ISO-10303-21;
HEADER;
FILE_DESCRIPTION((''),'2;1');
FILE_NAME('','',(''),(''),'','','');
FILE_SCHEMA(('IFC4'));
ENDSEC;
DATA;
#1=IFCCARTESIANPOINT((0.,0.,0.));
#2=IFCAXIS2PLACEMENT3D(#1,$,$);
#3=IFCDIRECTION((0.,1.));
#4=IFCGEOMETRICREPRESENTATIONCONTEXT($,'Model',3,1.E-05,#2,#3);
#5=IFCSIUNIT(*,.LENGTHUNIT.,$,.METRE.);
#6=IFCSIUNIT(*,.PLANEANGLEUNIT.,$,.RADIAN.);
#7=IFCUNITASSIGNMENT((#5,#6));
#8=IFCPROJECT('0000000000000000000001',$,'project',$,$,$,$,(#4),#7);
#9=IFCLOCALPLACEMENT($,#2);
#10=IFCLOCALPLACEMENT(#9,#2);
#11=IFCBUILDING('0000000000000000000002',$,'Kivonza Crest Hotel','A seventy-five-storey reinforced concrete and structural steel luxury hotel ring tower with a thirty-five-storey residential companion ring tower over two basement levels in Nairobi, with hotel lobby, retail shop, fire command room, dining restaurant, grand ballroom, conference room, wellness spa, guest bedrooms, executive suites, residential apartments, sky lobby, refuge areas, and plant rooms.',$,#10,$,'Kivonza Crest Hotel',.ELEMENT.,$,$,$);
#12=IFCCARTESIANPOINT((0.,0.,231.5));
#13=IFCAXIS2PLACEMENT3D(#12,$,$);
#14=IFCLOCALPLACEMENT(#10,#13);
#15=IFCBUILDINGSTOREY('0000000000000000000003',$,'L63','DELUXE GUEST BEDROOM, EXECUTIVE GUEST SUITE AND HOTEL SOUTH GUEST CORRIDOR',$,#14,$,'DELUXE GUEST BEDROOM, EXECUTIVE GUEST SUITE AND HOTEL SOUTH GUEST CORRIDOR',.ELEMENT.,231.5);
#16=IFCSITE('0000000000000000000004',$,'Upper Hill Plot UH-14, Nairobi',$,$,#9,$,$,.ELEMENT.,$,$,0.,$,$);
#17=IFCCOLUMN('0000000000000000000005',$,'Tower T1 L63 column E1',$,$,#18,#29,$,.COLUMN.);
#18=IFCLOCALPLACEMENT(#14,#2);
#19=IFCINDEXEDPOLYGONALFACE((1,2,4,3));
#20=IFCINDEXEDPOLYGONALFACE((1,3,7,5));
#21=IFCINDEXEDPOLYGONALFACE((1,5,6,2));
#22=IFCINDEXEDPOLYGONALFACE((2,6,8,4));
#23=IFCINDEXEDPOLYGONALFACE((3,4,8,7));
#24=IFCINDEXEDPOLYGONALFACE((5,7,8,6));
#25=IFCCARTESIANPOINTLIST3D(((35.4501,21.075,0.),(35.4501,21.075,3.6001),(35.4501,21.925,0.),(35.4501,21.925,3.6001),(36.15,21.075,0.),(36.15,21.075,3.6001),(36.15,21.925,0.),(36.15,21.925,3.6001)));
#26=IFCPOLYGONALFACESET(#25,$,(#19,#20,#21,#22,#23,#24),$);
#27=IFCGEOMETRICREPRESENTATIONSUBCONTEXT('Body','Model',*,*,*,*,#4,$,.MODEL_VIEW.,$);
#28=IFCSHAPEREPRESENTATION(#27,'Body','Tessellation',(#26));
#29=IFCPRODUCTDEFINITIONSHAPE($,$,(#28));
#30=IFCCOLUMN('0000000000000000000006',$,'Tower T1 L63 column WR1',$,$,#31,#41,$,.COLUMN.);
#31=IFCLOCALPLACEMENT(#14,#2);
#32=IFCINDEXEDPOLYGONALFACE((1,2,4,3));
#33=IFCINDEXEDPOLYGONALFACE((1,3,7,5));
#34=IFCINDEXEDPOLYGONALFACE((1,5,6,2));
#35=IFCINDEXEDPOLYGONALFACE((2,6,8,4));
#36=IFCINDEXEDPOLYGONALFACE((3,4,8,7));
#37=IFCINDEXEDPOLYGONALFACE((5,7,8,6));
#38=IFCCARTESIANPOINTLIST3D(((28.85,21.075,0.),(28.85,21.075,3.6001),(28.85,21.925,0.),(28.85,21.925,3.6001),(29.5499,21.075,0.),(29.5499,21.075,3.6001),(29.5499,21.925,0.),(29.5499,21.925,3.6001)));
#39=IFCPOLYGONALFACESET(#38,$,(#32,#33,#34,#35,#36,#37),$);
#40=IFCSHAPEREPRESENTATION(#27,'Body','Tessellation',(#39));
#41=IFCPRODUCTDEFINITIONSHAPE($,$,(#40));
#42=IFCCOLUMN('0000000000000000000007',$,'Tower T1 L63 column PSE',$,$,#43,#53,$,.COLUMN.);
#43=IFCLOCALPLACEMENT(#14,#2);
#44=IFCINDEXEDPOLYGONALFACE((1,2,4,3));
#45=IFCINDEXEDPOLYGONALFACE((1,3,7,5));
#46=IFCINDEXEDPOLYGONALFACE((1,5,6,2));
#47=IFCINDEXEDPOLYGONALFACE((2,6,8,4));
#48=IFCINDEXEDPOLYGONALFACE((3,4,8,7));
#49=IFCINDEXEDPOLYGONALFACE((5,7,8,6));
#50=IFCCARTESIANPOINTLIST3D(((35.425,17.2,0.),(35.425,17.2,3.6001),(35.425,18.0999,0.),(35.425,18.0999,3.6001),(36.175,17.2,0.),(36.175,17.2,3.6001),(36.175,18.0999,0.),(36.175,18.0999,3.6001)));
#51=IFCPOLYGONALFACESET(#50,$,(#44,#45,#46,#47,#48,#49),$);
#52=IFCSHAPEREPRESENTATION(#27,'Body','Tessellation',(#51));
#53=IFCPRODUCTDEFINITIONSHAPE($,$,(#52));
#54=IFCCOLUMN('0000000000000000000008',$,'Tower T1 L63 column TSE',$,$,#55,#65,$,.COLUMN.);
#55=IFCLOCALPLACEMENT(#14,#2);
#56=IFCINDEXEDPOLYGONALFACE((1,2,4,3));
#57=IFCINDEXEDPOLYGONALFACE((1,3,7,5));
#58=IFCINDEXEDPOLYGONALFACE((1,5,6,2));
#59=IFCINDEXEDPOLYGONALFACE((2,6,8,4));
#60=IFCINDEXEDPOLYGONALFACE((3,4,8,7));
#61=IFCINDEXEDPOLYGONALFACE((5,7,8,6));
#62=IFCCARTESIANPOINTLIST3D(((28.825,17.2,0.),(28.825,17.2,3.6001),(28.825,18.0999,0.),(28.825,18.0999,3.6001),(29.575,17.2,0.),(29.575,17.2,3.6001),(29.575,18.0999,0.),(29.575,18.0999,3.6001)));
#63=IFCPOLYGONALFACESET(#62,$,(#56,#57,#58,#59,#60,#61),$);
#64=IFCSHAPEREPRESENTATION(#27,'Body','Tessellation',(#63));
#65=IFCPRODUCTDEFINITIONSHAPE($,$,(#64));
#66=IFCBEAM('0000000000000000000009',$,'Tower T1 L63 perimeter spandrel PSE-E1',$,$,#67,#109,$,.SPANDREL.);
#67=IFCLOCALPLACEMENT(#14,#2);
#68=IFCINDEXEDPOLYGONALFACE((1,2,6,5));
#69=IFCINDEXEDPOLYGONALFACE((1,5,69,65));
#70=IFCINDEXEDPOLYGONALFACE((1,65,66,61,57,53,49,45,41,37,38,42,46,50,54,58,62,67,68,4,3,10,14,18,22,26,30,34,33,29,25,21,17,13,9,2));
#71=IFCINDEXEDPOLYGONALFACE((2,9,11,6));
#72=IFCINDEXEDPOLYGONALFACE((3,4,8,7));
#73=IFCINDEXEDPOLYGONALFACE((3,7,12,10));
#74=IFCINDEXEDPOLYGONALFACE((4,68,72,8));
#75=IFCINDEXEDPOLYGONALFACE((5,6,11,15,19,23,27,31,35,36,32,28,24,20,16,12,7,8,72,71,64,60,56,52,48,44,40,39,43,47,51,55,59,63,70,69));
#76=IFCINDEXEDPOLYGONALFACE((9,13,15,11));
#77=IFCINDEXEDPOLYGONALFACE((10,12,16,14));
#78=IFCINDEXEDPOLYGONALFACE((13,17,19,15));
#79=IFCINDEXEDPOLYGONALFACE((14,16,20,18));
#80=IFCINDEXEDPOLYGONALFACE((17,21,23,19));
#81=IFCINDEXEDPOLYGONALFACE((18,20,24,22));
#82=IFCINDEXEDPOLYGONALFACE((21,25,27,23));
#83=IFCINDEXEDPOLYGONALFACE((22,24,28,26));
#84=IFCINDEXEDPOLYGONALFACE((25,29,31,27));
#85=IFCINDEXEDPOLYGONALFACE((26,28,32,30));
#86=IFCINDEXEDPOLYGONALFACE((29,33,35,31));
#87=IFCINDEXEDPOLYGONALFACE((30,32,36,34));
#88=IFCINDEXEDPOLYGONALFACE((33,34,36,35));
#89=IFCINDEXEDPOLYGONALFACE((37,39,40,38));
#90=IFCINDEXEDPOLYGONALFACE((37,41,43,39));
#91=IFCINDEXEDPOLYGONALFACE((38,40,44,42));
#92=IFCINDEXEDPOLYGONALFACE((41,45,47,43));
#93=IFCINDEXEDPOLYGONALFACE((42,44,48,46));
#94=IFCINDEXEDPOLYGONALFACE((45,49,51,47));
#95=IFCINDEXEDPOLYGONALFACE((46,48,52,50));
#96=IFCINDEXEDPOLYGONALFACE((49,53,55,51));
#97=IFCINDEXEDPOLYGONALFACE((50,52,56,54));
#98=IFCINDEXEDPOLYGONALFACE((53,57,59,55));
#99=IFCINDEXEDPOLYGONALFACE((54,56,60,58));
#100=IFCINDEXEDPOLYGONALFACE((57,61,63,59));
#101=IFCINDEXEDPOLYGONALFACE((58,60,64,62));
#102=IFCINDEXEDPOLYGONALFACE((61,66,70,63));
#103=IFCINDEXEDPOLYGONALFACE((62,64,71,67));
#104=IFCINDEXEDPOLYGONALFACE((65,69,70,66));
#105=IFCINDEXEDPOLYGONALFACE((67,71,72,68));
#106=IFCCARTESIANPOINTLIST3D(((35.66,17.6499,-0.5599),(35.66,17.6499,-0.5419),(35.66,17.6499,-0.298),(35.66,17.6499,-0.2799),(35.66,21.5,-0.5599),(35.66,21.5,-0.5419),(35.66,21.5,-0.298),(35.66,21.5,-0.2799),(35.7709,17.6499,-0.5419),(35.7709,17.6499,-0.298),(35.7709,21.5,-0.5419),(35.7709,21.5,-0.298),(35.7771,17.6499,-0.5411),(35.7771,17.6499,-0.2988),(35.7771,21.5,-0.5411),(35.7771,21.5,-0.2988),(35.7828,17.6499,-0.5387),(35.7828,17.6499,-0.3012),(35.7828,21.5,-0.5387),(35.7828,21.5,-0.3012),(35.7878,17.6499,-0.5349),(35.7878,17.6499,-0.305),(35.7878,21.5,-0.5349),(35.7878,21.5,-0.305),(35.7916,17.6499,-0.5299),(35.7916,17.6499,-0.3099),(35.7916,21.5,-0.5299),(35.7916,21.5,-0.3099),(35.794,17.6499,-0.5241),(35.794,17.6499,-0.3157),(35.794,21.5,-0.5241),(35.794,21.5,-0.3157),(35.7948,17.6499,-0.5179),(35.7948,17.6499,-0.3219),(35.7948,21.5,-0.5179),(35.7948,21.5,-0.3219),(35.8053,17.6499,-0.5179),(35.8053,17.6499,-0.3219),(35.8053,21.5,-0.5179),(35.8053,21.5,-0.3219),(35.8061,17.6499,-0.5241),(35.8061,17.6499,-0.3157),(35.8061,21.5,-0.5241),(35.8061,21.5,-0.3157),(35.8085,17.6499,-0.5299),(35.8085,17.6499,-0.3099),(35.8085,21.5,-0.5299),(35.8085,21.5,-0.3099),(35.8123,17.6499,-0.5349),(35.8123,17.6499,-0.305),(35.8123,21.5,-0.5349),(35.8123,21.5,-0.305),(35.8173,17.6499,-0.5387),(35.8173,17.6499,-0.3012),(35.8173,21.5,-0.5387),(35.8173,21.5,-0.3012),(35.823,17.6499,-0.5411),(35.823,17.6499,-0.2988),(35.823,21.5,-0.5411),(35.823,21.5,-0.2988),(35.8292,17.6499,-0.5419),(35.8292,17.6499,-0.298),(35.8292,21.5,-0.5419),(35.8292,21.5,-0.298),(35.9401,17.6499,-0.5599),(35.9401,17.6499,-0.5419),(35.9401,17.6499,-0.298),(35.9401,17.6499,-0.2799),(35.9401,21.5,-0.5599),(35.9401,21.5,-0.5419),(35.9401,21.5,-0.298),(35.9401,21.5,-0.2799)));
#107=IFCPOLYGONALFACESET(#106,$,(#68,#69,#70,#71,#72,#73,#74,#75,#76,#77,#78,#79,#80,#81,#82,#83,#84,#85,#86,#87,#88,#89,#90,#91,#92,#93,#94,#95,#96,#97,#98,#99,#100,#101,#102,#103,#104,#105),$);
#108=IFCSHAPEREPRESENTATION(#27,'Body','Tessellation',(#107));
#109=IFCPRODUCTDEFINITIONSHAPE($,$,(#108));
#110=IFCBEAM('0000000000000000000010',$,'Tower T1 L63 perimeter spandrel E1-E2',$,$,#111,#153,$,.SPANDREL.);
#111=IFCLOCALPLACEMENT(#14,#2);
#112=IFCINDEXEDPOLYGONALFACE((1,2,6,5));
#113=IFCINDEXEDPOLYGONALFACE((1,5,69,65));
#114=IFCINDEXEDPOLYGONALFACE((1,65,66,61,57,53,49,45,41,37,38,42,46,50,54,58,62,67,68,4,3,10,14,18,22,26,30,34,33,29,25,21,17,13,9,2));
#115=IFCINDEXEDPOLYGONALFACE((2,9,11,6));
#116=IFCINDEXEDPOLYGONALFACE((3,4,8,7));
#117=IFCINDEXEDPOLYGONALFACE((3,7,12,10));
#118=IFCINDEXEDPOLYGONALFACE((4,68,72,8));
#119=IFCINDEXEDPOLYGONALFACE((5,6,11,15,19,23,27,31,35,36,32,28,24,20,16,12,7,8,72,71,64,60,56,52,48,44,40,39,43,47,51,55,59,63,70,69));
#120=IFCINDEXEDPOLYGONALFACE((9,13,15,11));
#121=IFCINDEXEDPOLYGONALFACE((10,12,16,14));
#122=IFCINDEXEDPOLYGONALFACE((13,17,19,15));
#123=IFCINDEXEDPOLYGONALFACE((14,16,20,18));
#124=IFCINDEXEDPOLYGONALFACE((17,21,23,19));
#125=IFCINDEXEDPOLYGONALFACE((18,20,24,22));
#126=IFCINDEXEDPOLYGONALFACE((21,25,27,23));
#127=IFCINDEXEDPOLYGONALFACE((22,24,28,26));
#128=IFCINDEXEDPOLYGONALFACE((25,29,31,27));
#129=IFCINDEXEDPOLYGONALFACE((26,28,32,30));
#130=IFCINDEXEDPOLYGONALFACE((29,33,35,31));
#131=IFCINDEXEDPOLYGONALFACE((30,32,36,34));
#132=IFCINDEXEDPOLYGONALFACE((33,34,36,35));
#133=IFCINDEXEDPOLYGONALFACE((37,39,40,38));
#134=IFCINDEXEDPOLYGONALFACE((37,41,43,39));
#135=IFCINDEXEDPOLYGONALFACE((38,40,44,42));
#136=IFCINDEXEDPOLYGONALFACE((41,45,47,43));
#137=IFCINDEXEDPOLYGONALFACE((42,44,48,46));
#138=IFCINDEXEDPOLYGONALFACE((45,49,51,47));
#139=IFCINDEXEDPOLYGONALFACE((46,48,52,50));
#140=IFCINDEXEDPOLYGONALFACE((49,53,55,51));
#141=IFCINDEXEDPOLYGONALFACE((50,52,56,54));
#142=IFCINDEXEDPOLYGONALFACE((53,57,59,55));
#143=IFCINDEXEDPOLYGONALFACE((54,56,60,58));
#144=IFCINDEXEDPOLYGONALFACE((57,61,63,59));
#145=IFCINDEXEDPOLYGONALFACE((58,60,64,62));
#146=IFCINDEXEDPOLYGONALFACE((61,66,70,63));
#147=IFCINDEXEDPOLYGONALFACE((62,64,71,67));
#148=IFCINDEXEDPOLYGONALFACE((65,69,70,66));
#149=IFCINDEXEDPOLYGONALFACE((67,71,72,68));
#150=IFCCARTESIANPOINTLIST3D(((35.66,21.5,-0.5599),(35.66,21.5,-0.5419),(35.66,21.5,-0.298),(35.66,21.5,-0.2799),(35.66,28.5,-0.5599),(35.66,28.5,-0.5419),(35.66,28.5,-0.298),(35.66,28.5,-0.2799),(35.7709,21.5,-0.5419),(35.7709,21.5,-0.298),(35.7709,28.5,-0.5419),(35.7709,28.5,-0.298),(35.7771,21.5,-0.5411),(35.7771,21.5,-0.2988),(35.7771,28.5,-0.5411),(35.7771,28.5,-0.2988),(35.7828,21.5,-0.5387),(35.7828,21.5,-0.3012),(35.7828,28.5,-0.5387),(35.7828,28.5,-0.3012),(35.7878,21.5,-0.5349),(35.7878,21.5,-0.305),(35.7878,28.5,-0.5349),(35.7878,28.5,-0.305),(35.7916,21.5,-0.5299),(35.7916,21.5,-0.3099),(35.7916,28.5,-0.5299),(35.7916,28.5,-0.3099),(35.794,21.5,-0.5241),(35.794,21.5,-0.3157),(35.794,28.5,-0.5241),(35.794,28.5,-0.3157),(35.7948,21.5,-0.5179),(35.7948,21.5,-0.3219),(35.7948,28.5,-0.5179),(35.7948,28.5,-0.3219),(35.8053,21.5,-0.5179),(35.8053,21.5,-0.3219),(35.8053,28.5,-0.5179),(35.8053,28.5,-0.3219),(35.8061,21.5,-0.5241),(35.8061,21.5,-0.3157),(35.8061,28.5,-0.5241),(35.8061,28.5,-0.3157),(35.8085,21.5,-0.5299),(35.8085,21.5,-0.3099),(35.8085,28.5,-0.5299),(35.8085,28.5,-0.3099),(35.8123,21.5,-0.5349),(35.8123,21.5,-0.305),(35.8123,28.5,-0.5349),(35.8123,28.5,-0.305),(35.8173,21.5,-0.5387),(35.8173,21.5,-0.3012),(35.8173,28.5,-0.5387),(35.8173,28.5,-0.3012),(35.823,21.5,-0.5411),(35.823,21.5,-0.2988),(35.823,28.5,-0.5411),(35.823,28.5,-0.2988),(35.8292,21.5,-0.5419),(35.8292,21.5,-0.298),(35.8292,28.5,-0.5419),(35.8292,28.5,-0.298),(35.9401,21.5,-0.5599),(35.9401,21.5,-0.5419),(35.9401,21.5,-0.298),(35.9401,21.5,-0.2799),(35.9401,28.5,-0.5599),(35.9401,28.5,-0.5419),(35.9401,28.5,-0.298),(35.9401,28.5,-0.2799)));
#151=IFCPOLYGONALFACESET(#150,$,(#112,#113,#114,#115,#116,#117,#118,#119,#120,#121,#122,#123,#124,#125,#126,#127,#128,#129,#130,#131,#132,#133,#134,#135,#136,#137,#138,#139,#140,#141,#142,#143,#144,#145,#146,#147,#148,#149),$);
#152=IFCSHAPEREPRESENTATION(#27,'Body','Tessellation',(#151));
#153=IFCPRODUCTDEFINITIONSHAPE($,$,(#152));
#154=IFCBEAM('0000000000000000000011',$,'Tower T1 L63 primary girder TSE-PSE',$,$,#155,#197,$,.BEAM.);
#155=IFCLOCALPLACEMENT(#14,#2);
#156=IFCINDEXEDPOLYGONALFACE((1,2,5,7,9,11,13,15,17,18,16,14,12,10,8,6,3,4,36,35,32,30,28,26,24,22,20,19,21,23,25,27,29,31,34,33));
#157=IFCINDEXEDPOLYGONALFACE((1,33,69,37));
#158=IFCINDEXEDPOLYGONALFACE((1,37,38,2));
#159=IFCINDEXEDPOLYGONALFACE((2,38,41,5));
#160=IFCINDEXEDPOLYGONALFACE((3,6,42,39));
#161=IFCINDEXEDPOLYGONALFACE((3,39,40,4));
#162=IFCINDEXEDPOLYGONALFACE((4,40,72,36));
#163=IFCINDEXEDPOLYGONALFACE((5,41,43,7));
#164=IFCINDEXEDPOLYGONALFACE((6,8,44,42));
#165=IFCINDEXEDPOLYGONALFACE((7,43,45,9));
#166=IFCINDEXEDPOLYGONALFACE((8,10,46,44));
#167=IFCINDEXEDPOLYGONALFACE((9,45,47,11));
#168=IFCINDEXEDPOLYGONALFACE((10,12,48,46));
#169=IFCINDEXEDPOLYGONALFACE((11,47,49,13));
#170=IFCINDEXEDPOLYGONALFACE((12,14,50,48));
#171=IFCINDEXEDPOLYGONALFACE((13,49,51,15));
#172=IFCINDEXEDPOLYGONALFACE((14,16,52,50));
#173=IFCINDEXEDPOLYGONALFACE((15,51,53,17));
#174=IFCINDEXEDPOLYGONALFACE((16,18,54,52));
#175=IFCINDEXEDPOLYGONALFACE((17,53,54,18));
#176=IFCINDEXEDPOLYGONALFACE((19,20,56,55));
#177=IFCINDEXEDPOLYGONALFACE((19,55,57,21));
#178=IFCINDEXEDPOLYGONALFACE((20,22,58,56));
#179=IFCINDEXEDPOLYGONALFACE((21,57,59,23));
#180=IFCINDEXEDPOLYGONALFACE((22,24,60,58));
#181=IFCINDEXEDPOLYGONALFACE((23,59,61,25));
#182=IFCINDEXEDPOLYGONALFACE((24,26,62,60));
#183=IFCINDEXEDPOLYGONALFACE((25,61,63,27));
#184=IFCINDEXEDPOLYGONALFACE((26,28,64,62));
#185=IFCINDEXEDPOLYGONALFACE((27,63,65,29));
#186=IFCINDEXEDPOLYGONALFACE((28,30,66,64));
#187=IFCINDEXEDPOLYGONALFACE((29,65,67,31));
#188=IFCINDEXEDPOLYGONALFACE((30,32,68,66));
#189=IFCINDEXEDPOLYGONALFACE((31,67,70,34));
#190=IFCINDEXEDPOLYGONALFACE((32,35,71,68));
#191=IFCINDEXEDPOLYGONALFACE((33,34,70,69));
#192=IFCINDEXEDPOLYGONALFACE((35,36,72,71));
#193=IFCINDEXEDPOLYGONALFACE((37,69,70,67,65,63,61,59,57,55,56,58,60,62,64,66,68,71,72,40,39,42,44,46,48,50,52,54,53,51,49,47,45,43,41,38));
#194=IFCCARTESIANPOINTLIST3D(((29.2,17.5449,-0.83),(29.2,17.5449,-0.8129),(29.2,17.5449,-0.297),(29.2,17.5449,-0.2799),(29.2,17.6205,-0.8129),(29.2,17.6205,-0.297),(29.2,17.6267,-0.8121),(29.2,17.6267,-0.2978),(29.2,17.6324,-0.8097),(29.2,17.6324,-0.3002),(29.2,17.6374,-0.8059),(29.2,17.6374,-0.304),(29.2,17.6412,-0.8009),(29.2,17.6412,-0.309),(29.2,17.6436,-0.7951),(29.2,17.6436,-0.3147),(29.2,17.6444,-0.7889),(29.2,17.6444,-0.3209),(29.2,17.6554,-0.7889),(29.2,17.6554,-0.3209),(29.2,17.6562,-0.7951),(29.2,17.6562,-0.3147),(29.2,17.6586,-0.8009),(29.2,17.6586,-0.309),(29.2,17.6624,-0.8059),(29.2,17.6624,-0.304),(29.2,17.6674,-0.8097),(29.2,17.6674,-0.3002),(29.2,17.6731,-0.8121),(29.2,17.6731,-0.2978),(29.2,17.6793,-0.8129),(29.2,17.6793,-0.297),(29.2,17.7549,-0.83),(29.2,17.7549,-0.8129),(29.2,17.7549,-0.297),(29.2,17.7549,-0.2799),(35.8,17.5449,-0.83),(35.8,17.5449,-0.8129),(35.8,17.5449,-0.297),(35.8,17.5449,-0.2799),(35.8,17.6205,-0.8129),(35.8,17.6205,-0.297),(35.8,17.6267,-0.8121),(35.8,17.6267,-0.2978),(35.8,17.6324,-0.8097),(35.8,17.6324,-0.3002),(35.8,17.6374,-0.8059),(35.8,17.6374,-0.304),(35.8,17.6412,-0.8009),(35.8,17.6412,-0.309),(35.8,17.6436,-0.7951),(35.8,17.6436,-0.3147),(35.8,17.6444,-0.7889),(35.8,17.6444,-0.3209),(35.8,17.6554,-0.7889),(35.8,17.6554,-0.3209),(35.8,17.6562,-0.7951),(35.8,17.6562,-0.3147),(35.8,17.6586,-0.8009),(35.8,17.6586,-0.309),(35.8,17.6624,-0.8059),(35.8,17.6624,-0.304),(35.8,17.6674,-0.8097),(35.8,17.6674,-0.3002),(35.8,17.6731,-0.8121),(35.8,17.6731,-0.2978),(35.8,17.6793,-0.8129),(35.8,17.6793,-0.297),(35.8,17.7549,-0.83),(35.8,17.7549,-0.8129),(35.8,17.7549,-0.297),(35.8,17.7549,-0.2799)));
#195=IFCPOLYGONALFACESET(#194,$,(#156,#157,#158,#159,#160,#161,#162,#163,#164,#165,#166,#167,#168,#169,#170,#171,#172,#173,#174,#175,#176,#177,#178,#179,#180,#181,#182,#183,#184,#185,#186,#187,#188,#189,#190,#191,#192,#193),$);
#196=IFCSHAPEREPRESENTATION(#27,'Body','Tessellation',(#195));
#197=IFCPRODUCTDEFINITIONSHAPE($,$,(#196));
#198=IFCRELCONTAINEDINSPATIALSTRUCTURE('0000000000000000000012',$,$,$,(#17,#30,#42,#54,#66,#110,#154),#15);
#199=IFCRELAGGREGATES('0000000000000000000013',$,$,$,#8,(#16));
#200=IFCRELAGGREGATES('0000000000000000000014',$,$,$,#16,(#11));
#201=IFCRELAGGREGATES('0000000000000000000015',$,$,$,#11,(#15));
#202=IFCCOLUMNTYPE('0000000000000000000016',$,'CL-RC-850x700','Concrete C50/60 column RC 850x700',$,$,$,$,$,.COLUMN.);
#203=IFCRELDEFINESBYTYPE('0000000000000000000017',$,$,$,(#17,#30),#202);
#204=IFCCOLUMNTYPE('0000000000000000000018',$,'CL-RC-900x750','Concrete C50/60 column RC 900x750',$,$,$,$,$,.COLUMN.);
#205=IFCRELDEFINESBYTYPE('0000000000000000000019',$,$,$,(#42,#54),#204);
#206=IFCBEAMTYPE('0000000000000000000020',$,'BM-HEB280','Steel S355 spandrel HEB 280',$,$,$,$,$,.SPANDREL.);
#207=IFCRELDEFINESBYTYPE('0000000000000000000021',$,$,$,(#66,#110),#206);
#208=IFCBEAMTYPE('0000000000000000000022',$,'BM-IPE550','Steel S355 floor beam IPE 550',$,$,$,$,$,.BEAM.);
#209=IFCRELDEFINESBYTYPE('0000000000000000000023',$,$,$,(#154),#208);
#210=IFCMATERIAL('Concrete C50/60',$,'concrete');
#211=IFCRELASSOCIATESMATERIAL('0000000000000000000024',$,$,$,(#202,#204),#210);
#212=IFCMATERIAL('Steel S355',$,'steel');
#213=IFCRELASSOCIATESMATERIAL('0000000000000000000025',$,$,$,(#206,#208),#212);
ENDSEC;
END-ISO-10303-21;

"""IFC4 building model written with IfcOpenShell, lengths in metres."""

from ifc_helpers import new_model, si_unit, direction, frame, origin, origin_2d, place, context, subcontext, project, spatial, rectangle, i_section, extrude, material, material_profile, profile_set, type_object, element, save


model = new_model("IFC4")

# Units and contexts
model_context = context("Model", 3, precision=1e-05, world=origin(), true_north=direction((0.0, 1.0)))
body_context = subcontext(model_context, "Body", "Model", "MODEL_VIEW")
ifc_project = project(units=[si_unit("LENGTHUNIT", "METRE"), si_unit("PLANEANGLEUNIT", "RADIAN")], contexts=[model_context])

# Site, building, storey
site_placement = place(None, origin())
site = spatial("IfcSite", under=ifc_project, at=site_placement, Name="Upper Hill Plot UH-14, Nairobi", CompositionType="ELEMENT", RefElevation=0.0)
building_placement = place(site_placement, origin())
building = spatial("IfcBuilding", under=site, at=building_placement, Name="Kivonza Crest Hotel", Description="A seventy-five-storey reinforced concrete and structural steel luxury hotel ring tower with a thirty-five-storey residential companion ring tower over two basement levels in Nairobi, with hotel lobby, retail shop, fire command room, dining restaurant, grand ballroom, conference room, wellness spa, guest bedrooms, executive suites, residential apartments, sky lobby, refuge areas, and plant rooms.", LongName="Kivonza Crest Hotel", CompositionType="ELEMENT")
storey_placement = place(building_placement, frame((0.0, 0.0, 231.5)))
storey = spatial("IfcBuildingStorey", under=building, at=storey_placement, Name="L63", Description="DELUXE GUEST BEDROOM, EXECUTIVE GUEST SUITE AND HOTEL SOUTH GUEST CORRIDOR", LongName="DELUXE GUEST BEDROOM, EXECUTIVE GUEST SUITE AND HOTEL SOUTH GUEST CORRIDOR", CompositionType="ELEMENT", Elevation=231.5)

# Columns
ifc_material_1 = material(Name="Concrete C50/60", Category="concrete")
ifc_material_profile_1 = material_profile(ifc_material_1, rectangle(XDim=0.7, YDim=0.8501, at=origin_2d()), Name="RC 850x700")
ifc_profile_set_1 = profile_set([ifc_material_profile_1], Name="Concrete C50/60")
column_type_1 = type_object("IfcColumnType", Name="CL-RC-850x700", Description="Concrete C50/60 column RC 850x700", PredefinedType="COLUMN", material=ifc_profile_set_1)
for number, where, z_axis, x_axis, name in (
    (1, (35.8, 21.5, 0.0), (0.0, 0.0, 1.0), (1.0, 0.0, 0.0), "Tower T1 L63 column E1"),
    (2, (29.2, 21.5, 0.0), (0.0, 0.0, 1.0), (1.0, 0.0, 0.0), "Tower T1 L63 column WR1"),
):
    element("IfcColumn", number, at=place(storey_placement, frame(where, z_axis=z_axis, x_axis=x_axis)), inside=storey, type_object=column_type_1, Name=name, PredefinedType="COLUMN", context=body_context, shape_type="SweptSolid", body=[
        extrude(rectangle(XDim=0.7, YDim=0.8501, at=origin_2d()), origin(), (0.0, 0.0, 1.0), 3.6001),
    ])
ifc_material_profile_2 = material_profile(ifc_material_1, rectangle(XDim=0.75, YDim=0.8999, at=origin_2d()), Name="RC 900x750")
ifc_profile_set_2 = profile_set([ifc_material_profile_2], Name="Concrete C50/60")
column_type_2 = type_object("IfcColumnType", Name="CL-RC-900x750", Description="Concrete C50/60 column RC 900x750", PredefinedType="COLUMN", material=ifc_profile_set_2)
for number, where, z_axis, x_axis, name in (
    (3, (35.8, 17.6499, 0.0), (0.0, 0.0, 1.0), (1.0, 0.0, 0.0), "Tower T1 L63 column PSE"),
    (4, (29.2, 17.6499, 0.0), (0.0, 0.0, 1.0), (1.0, 0.0, 0.0), "Tower T1 L63 column TSE"),
):
    element("IfcColumn", number, at=place(storey_placement, frame(where, z_axis=z_axis, x_axis=x_axis)), inside=storey, type_object=column_type_2, Name=name, PredefinedType="COLUMN", context=body_context, shape_type="SweptSolid", body=[
        extrude(rectangle(XDim=0.75, YDim=0.8999, at=origin_2d()), origin(), (0.0, 0.0, 1.0), 3.6001),
    ])

# Beams
ifc_material_2 = material(Name="Steel S355", Category="steel")
ifc_material_profile_3 = material_profile(ifc_material_2, i_section(OverallWidth=0.28, OverallDepth=0.28, WebThickness=0.0105, FlangeThickness=0.0181, FilletRadius=0.0239, at=origin_2d()), Name="HEB 280")
ifc_profile_set_3 = profile_set([ifc_material_profile_3], Name="Steel S355")
beam_type_1 = type_object("IfcBeamType", Name="BM-HEB280", Description="Steel S355 spandrel HEB 280", PredefinedType="SPANDREL", material=ifc_profile_set_3)
beam_1_placement = place(storey_placement, frame((35.8, 17.6499, -0.4199), z_axis=(0.0, 1.0, 0.0), x_axis=(-1.0, 0.0, 0.0)))
element("IfcBeam", 5, at=beam_1_placement, inside=storey, type_object=beam_type_1, Name="Tower T1 L63 perimeter spandrel PSE-E1", PredefinedType="SPANDREL", context=body_context, shape_type="SweptSolid", body=[
    extrude(i_section(OverallWidth=0.28, OverallDepth=0.28, WebThickness=0.0105, FlangeThickness=0.0181, FilletRadius=0.0239, at=origin_2d()), origin(), (0.0, 0.0, 1.0), 3.8501),
])
beam_2_placement = place(storey_placement, frame((35.8, 21.5, -0.4199), z_axis=(0.0, 1.0, 0.0), x_axis=(-1.0, 0.0, 0.0)))
element("IfcBeam", 6, at=beam_2_placement, inside=storey, type_object=beam_type_1, Name="Tower T1 L63 perimeter spandrel E1-E2", PredefinedType="SPANDREL", context=body_context, shape_type="SweptSolid", body=[
    extrude(i_section(OverallWidth=0.28, OverallDepth=0.28, WebThickness=0.0105, FlangeThickness=0.0181, FilletRadius=0.0239, at=origin_2d()), origin(), (0.0, 0.0, 1.0), 7.0),
])
ifc_material_profile_4 = material_profile(ifc_material_2, i_section(OverallWidth=0.21, OverallDepth=0.55, WebThickness=0.011, FlangeThickness=0.0171, FilletRadius=0.0239, at=origin_2d()), Name="IPE 550")
ifc_profile_set_4 = profile_set([ifc_material_profile_4], Name="Steel S355")
beam_type_2 = type_object("IfcBeamType", Name="BM-IPE550", Description="Steel S355 floor beam IPE 550", PredefinedType="BEAM", material=ifc_profile_set_4)
beam_3_placement = place(storey_placement, frame((29.2, 17.6499, -0.5549), z_axis=(1.0, 0.0, 0.0), x_axis=(0.0, 1.0, 0.0)))
element("IfcBeam", 7, at=beam_3_placement, inside=storey, type_object=beam_type_2, Name="Tower T1 L63 primary girder TSE-PSE", PredefinedType="BEAM", context=body_context, shape_type="SweptSolid", body=[
    extrude(i_section(OverallWidth=0.21, OverallDepth=0.55, WebThickness=0.011, FlangeThickness=0.0171, FilletRadius=0.0239, at=origin_2d()), origin(), (0.0, 0.0, 1.0), 6.6001),
])

save(model, "model.ifc")
